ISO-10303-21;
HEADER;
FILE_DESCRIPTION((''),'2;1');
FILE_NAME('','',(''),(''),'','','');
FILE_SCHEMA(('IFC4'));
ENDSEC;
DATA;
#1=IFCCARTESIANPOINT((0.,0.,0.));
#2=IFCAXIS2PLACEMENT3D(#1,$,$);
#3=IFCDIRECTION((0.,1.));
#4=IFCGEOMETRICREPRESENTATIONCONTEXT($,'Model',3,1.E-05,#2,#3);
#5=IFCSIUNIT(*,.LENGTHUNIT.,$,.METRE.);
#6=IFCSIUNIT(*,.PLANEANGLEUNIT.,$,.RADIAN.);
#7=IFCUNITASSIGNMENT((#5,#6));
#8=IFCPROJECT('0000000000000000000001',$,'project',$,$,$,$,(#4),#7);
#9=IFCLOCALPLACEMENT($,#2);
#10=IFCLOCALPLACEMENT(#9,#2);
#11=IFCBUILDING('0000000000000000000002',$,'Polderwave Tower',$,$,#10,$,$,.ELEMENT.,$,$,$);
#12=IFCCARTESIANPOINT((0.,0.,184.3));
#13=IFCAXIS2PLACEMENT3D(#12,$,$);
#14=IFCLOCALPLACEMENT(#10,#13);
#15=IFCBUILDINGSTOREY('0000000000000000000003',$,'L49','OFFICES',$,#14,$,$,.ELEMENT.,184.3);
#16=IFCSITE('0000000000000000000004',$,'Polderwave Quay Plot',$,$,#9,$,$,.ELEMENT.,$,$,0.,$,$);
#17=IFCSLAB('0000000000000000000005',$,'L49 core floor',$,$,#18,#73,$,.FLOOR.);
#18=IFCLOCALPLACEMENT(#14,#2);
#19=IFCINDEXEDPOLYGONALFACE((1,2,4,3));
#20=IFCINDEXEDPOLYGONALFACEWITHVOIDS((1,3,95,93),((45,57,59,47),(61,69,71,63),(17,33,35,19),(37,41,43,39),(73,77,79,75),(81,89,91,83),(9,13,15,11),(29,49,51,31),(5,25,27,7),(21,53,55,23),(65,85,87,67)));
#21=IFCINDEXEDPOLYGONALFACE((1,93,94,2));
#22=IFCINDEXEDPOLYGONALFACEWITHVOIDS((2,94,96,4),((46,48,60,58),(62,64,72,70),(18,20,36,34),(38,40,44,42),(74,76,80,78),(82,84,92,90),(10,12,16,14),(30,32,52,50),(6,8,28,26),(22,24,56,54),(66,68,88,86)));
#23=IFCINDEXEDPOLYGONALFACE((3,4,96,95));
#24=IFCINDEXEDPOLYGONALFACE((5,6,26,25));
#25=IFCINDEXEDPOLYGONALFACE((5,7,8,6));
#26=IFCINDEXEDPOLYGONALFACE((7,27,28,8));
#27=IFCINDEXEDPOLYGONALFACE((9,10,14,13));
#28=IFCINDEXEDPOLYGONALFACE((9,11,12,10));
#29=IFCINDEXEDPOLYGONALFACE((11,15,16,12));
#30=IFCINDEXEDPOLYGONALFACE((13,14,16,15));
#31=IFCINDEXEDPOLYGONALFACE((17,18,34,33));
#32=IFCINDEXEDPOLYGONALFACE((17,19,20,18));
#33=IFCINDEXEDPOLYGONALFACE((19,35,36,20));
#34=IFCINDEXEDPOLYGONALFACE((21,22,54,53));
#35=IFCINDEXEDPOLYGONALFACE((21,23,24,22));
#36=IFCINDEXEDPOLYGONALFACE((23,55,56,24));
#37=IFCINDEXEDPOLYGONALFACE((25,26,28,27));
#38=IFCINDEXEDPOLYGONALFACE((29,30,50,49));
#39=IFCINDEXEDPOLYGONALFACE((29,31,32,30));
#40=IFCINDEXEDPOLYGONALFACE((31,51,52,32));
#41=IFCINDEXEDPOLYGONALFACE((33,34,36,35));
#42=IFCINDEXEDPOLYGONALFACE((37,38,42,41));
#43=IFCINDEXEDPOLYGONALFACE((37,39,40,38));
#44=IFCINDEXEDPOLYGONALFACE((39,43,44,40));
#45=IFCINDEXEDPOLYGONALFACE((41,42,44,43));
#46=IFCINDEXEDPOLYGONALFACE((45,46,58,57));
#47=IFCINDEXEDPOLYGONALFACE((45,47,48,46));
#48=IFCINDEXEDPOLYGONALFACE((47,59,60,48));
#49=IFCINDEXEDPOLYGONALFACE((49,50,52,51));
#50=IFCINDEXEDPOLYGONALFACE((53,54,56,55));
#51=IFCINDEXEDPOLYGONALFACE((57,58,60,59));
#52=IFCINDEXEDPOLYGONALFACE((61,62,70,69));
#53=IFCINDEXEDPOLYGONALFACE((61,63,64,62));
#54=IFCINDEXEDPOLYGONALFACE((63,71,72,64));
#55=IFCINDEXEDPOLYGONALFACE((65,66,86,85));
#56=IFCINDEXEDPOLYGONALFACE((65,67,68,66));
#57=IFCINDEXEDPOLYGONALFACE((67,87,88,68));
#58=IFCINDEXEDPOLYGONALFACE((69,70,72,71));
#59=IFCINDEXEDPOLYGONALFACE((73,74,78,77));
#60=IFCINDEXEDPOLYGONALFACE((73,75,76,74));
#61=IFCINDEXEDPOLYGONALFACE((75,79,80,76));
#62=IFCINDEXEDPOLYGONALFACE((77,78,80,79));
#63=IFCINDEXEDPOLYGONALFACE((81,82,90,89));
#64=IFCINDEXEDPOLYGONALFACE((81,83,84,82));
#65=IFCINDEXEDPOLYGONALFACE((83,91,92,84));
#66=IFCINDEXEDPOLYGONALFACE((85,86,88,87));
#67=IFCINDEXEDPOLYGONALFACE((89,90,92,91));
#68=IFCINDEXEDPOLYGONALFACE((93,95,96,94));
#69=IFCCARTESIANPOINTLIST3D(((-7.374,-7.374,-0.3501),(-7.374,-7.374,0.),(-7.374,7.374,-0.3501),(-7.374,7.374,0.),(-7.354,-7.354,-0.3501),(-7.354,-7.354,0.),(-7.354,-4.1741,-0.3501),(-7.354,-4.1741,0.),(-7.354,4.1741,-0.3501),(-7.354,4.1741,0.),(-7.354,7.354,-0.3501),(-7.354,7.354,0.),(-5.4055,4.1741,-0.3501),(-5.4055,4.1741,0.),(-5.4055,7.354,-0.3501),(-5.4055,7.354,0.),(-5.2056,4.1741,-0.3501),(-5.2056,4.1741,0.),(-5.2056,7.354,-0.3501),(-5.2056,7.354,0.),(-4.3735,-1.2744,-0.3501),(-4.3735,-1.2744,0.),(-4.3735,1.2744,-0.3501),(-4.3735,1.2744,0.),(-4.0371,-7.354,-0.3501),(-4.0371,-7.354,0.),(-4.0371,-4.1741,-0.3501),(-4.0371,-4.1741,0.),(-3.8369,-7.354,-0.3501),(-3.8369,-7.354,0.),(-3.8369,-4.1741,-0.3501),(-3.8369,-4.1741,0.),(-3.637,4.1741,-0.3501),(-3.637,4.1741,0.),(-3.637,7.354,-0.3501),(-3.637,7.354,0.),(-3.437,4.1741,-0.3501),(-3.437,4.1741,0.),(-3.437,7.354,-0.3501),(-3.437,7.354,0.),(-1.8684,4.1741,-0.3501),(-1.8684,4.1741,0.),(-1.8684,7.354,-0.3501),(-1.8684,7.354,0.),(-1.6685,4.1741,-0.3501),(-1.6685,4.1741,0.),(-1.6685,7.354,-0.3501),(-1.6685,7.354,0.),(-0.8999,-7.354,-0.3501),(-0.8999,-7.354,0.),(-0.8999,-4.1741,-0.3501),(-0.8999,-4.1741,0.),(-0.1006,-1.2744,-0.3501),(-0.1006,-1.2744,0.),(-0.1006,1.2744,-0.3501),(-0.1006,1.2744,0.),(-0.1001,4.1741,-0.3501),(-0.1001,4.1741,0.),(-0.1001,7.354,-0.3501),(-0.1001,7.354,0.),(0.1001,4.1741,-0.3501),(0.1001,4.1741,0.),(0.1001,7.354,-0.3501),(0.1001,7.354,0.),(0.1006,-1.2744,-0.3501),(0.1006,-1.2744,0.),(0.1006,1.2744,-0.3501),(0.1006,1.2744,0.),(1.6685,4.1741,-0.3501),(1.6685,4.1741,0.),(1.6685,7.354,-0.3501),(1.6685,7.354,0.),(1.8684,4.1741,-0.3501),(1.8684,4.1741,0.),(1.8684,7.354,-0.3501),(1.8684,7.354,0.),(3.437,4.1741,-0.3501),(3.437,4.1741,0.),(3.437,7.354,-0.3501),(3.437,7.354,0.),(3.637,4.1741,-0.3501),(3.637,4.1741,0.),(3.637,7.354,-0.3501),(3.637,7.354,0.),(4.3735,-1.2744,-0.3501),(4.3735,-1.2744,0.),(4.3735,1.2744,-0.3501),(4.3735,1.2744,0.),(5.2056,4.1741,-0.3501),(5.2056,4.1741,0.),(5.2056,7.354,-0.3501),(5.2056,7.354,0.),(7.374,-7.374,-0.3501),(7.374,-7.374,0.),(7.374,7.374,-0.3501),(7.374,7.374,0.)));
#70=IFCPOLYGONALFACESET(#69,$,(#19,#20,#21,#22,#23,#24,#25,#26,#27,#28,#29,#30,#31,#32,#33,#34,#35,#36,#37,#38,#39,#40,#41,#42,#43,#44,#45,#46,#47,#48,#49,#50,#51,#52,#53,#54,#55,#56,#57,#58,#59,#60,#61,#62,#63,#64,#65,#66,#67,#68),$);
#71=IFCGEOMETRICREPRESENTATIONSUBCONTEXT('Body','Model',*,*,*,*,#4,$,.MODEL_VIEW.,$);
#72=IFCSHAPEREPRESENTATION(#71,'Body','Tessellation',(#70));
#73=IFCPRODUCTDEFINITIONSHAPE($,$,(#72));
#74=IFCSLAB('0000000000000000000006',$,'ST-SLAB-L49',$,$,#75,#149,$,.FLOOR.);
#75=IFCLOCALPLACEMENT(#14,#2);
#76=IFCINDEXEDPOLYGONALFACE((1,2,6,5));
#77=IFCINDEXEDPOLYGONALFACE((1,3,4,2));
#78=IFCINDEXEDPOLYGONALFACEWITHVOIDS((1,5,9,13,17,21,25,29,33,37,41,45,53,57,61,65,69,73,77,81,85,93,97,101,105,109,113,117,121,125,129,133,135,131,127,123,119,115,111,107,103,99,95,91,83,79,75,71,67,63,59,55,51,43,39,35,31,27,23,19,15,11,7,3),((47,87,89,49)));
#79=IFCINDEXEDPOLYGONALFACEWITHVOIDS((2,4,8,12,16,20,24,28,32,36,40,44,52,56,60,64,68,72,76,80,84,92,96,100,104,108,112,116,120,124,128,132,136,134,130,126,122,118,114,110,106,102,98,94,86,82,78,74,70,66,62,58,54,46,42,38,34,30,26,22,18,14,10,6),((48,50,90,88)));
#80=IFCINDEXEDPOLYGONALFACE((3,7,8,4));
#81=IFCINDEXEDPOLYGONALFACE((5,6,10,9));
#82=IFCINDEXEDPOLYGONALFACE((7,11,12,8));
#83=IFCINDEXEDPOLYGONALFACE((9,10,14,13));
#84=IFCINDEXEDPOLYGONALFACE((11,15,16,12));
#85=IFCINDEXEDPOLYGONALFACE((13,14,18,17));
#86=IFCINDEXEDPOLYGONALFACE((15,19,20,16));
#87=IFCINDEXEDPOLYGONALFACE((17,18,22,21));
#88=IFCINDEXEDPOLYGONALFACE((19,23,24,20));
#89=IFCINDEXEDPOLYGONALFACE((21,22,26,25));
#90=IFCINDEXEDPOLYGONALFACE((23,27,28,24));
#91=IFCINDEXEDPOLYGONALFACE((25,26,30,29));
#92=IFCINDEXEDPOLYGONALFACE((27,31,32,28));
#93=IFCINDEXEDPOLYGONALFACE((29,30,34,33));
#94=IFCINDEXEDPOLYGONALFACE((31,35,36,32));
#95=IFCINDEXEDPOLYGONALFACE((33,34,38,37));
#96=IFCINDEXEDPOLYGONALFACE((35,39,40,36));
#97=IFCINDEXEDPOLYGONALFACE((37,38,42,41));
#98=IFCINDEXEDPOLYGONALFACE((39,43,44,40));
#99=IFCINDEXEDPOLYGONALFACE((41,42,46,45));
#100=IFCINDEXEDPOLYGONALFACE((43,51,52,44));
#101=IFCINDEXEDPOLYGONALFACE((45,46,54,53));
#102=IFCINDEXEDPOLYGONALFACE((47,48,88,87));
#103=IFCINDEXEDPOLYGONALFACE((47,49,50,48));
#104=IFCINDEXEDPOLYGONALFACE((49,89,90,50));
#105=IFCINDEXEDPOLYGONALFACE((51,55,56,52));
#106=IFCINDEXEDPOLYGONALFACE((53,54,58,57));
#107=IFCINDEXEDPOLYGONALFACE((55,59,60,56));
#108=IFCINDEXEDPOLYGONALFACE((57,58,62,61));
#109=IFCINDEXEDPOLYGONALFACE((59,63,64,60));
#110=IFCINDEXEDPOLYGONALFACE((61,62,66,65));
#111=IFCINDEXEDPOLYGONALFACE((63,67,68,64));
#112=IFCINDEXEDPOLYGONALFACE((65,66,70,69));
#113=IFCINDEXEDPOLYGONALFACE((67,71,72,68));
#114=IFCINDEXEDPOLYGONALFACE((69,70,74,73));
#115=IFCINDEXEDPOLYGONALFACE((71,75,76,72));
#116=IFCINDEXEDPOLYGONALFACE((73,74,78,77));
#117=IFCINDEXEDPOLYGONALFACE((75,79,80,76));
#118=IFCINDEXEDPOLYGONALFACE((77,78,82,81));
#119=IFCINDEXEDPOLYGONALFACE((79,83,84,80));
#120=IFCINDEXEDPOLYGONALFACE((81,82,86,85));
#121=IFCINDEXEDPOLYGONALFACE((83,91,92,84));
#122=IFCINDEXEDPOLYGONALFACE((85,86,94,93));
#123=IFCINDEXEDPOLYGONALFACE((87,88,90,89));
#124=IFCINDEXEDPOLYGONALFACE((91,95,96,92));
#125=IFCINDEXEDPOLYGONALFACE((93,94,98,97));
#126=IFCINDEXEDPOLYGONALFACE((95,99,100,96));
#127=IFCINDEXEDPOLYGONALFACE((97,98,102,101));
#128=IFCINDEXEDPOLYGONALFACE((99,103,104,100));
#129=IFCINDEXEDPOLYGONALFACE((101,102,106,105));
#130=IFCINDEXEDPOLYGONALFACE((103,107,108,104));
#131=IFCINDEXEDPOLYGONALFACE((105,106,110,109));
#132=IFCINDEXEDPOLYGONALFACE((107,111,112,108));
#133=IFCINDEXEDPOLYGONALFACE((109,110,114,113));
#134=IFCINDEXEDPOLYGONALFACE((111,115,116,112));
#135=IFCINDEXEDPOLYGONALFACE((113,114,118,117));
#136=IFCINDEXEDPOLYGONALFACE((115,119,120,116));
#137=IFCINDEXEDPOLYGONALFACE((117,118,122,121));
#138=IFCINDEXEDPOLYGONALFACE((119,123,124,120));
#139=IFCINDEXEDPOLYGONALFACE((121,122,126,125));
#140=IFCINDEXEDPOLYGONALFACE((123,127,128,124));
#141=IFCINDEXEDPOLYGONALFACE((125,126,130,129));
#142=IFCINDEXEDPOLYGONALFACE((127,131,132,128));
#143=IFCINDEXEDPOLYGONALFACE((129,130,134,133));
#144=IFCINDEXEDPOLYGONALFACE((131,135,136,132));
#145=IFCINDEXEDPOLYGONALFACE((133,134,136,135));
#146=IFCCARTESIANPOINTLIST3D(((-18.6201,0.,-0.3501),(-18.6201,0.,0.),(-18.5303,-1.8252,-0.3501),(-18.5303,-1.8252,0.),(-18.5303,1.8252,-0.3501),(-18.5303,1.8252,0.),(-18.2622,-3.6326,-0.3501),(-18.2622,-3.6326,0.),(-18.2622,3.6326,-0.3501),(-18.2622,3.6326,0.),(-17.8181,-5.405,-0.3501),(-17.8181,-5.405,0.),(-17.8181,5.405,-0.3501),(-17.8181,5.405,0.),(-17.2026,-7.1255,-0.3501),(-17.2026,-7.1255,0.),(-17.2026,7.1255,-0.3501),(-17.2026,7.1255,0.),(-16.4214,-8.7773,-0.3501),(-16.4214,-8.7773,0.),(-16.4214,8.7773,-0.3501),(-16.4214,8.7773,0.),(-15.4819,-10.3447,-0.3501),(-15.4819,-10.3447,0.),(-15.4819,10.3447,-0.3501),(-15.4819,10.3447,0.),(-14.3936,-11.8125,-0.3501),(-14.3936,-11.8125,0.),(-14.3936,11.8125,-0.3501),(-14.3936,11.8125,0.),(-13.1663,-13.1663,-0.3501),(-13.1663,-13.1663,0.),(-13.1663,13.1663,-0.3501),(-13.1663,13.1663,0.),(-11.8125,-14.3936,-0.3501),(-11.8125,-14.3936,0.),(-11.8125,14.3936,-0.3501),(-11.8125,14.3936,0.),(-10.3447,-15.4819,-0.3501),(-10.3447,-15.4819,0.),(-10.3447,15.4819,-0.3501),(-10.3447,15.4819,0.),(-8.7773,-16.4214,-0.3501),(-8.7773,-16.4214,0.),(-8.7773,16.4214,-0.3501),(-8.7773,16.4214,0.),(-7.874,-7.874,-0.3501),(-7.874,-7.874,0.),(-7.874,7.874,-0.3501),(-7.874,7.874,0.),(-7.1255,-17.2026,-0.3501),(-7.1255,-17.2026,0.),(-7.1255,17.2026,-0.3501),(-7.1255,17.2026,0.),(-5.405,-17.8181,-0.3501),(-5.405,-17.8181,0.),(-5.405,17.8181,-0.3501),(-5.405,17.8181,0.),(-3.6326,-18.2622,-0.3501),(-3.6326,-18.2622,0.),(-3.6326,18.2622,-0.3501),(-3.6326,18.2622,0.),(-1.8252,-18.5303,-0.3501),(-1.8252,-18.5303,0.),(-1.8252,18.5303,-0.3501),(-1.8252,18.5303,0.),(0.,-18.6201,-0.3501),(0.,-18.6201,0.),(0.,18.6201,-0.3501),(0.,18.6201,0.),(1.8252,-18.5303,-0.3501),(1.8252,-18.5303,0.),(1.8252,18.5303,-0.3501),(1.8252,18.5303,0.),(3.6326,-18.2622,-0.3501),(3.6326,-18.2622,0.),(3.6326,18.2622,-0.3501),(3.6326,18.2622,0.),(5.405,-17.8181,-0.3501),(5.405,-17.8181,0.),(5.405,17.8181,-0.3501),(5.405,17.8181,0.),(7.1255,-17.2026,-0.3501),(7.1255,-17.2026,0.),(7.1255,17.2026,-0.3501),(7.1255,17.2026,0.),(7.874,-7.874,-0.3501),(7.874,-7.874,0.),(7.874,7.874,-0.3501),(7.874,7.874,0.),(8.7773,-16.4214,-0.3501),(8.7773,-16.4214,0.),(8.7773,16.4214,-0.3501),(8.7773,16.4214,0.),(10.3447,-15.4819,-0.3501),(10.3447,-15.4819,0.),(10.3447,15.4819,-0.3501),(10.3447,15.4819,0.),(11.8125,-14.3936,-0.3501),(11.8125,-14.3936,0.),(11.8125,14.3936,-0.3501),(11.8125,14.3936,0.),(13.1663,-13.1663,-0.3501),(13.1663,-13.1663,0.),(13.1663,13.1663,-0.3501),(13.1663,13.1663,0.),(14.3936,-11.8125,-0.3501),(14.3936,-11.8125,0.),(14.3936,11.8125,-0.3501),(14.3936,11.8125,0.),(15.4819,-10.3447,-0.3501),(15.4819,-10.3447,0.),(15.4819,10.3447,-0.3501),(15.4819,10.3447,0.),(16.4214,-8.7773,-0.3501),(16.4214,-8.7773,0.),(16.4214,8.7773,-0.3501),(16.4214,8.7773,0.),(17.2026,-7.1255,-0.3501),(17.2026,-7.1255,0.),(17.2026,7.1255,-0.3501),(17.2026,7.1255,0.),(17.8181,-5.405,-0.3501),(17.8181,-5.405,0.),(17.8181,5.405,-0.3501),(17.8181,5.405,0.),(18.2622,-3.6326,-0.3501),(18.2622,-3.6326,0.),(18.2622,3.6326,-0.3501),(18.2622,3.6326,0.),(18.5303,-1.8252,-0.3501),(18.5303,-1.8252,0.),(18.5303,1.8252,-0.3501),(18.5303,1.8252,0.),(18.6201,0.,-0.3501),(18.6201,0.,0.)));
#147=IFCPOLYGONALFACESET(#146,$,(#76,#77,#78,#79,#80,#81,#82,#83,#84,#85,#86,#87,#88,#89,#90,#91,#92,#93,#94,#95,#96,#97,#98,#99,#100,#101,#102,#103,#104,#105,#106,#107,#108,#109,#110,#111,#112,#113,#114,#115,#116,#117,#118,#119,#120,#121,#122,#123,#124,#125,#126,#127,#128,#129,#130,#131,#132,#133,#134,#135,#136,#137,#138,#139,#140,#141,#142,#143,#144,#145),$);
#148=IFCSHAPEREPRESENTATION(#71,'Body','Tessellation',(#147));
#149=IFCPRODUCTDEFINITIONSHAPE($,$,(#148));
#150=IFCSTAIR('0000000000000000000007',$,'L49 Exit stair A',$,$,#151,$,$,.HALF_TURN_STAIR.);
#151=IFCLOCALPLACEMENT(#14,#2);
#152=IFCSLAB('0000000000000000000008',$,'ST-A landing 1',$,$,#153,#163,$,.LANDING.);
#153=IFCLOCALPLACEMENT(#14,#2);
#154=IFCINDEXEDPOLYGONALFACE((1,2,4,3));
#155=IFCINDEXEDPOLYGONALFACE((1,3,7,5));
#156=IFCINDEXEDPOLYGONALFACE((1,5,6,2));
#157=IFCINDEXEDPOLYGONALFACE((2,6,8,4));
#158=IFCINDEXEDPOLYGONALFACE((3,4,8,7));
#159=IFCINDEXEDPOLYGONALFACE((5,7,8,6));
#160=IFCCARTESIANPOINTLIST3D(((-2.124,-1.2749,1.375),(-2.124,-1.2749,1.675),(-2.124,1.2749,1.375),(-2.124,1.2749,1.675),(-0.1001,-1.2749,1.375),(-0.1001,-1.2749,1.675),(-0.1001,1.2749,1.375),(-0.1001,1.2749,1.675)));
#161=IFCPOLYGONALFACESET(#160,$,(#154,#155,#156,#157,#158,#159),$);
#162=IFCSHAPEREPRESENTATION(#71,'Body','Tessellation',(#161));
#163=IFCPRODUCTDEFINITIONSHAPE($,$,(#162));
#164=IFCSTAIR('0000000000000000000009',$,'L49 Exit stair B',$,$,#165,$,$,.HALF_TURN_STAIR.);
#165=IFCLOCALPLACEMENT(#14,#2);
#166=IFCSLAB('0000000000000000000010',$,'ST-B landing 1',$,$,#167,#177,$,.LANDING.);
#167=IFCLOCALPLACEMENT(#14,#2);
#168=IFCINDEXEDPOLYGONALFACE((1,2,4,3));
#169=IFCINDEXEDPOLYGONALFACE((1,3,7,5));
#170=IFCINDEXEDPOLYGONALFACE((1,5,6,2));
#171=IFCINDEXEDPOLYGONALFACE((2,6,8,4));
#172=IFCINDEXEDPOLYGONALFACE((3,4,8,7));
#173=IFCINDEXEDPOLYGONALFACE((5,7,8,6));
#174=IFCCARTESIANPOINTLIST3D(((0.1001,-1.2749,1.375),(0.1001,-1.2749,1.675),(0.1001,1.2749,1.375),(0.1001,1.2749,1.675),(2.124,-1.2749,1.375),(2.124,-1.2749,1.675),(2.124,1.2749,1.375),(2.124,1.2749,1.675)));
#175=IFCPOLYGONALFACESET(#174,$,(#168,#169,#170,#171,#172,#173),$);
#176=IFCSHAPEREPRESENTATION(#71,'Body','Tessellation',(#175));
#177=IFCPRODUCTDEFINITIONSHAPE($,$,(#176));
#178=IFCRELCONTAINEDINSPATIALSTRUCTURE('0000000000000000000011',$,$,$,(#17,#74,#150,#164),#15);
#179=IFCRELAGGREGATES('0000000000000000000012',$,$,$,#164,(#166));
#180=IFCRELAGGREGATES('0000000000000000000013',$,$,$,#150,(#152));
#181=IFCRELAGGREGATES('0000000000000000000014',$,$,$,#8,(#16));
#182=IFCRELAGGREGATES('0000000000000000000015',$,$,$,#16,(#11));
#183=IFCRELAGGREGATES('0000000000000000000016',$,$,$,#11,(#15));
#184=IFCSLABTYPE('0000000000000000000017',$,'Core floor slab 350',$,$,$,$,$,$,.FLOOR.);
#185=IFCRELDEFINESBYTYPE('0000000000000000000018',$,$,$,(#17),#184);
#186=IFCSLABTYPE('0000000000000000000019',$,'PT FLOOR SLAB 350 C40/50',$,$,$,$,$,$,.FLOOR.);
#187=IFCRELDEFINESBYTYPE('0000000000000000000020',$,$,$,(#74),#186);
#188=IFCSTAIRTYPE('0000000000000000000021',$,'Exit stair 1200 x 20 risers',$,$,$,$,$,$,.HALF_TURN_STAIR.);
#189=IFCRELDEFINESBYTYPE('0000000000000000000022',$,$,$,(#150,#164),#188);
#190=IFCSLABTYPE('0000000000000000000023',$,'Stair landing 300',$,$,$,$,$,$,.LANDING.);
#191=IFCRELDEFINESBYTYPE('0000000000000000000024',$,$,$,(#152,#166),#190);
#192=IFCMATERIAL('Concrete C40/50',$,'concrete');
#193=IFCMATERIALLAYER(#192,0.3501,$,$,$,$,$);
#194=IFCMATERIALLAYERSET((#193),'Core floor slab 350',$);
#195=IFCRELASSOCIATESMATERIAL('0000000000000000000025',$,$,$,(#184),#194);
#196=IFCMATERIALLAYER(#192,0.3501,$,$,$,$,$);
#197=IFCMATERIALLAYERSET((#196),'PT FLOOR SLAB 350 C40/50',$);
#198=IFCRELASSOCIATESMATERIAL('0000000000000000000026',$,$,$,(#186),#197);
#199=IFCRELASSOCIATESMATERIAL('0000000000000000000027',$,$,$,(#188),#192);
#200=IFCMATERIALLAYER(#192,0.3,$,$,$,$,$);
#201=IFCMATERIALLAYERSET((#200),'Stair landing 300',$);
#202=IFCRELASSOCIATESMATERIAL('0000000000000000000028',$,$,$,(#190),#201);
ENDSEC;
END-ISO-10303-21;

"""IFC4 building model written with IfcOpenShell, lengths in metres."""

from ifc_helpers import new_model, si_unit, direction, frame, origin, place, context, subcontext, project, spatial, polyline, outline, extrude, material, layer, layer_set, type_object, element, aggregate, save


model = new_model("IFC4")

# Units and contexts
model_context = context("Model", 3, precision=1e-05, world=origin(), true_north=direction((0.0, 1.0)))
body_context = subcontext(model_context, "Body", "Model", "MODEL_VIEW")
ifc_project = project(units=[si_unit("LENGTHUNIT", "METRE"), si_unit("PLANEANGLEUNIT", "RADIAN")], contexts=[model_context])

# Site, building, storey
site_placement = place(None, origin())
site = spatial("IfcSite", under=ifc_project, at=site_placement, Name="Polderwave Quay Plot", CompositionType="ELEMENT", RefElevation=0.0)
building_placement = place(site_placement, origin())
building = spatial("IfcBuilding", under=site, at=building_placement, Name="Polderwave Tower", CompositionType="ELEMENT")
storey_placement = place(building_placement, frame((0.0, 0.0, 184.3)))
storey = spatial("IfcBuildingStorey", under=building, at=storey_placement, Name="L49", Description="OFFICES", CompositionType="ELEMENT", Elevation=184.3)

# Slabs
ifc_material_1 = material(Name="Concrete C40/50", Category="concrete")
ifc_layer_1 = layer(ifc_material_1, 0.3501)
ifc_layer_set_1 = layer_set([ifc_layer_1], Name="Core floor slab 350")
slab_type_1 = type_object("IfcSlabType", Name="Core floor slab 350", PredefinedType="FLOOR", material=ifc_layer_set_1)
slab_1_placement = place(storey_placement, frame((0.0, 0.0, -0.3501)))
element("IfcSlab", 1, at=slab_1_placement, inside=storey, type_object=slab_type_1, Name="L49 core floor", PredefinedType="FLOOR", context=body_context, shape_type="SweptSolid", body=[
    extrude(outline(polyline([(-7.374, -7.374), (7.374, -7.374), (7.374, 7.374), (-7.374, 7.374), (-7.374, -7.374)]), holes=[polyline([(-7.354, -7.354), (-4.0371, -7.354), (-4.0371, -4.1741), (-7.354, -4.1741), (-7.354, -7.354)]), polyline([(-3.8369, -7.354), (-0.8999, -7.354), (-0.8999, -4.1741), (-3.8369, -4.1741), (-3.8369, -7.354)]), polyline([(-7.354, 4.1741), (-5.4055, 4.1741), (-5.4055, 7.354), (-7.354, 7.354), (-7.354, 4.1741)]), polyline([(-5.2056, 4.1741), (-3.637, 4.1741), (-3.637, 7.354), (-5.2056, 7.354), (-5.2056, 4.1741)]), polyline([(-3.437, 4.1741), (-1.8684, 4.1741), (-1.8684, 7.354), (-3.437, 7.354), (-3.437, 4.1741)]), polyline([(-1.6685, 4.1741), (-0.1001, 4.1741), (-0.1001, 7.354), (-1.6685, 7.354), (-1.6685, 4.1741)]), polyline([(0.1001, 4.1741), (1.6685, 4.1741), (1.6685, 7.354), (0.1001, 7.354), (0.1001, 4.1741)]), polyline([(1.8684, 4.1741), (3.437, 4.1741), (3.437, 7.354), (1.8684, 7.354), (1.8684, 4.1741)]), polyline([(3.637, 4.1741), (5.2056, 4.1741), (5.2056, 7.354), (3.637, 7.354), (3.637, 4.1741)]), polyline([(-4.3735, -1.2744), (-0.1006, -1.2744), (-0.1006, 1.2744), (-4.3735, 1.2744), (-4.3735, -1.2744)]), polyline([(0.1006, -1.2744), (4.3735, -1.2744), (4.3735, 1.2744), (0.1006, 1.2744), (0.1006, -1.2744)])]), origin(), (0.0, 0.0, 1.0), 0.3501),
])
ifc_layer_2 = layer(ifc_material_1, 0.3501)
ifc_layer_set_2 = layer_set([ifc_layer_2], Name="PT FLOOR SLAB 350 C40/50")
slab_type_2 = type_object("IfcSlabType", Name="PT FLOOR SLAB 350 C40/50", PredefinedType="FLOOR", material=ifc_layer_set_2)
slab_2_placement = place(storey_placement, frame((0.0, 0.0, -0.3501)))
element("IfcSlab", 2, at=slab_2_placement, inside=storey, type_object=slab_type_2, Name="ST-SLAB-L49", PredefinedType="FLOOR", context=body_context, shape_type="SweptSolid", body=[
    extrude(outline(polyline([(18.6201, 0.0), (18.5303, 1.8252), (18.2622, 3.6326), (17.8181, 5.405), (17.2026, 7.1255), (16.4214, 8.7773), (15.4819, 10.3447), (14.3936, 11.8125), (13.1663, 13.1663), (11.8125, 14.3936), (10.3447, 15.4819), (8.7773, 16.4214), (7.1255, 17.2026), (5.405, 17.8181), (3.6326, 18.2622), (1.8252, 18.5303), (0.0, 18.6201), (-1.8252, 18.5303), (-3.6326, 18.2622), (-5.405, 17.8181), (-7.1255, 17.2026), (-8.7773, 16.4214), (-10.3447, 15.4819), (-11.8125, 14.3936), (-13.1663, 13.1663), (-14.3936, 11.8125), (-15.4819, 10.3447), (-16.4214, 8.7773), (-17.2026, 7.1255), (-17.8181, 5.405), (-18.2622, 3.6326), (-18.5303, 1.8252), (-18.6201, 0.0), (-18.5303, -1.8252), (-18.2622, -3.6326), (-17.8181, -5.405), (-17.2026, -7.1255), (-16.4214, -8.7773), (-15.4819, -10.3447), (-14.3936, -11.8125), (-13.1663, -13.1663), (-11.8125, -14.3936), (-10.3447, -15.4819), (-8.7773, -16.4214), (-7.1255, -17.2026), (-5.405, -17.8181), (-3.6326, -18.2622), (-1.8252, -18.5303), (0.0, -18.6201), (1.8252, -18.5303), (3.6326, -18.2622), (5.405, -17.8181), (7.1255, -17.2026), (8.7773, -16.4214), (10.3447, -15.4819), (11.8125, -14.3936), (13.1663, -13.1663), (14.3936, -11.8125), (15.4819, -10.3447), (16.4214, -8.7773), (17.2026, -7.1255), (17.8181, -5.405), (18.2622, -3.6326), (18.5303, -1.8252), (18.6201, 0.0)]), holes=[polyline([(-7.874, -7.874), (7.874, -7.874), (7.874, 7.874), (-7.874, 7.874), (-7.874, -7.874)])]), origin(), (0.0, 0.0, 1.0), 0.3501),
])

# Stairs, slabs
stair_type = type_object("IfcStairType", Name="Exit stair 1200 x 20 risers", PredefinedType="HALF_TURN_STAIR", material=ifc_material_1)
stair_1_placement = place(storey_placement, origin())
stair_1 = element("IfcStair", 3, at=stair_1_placement, inside=storey, type_object=stair_type, Name="L49 Exit stair A", PredefinedType="HALF_TURN_STAIR")
ifc_layer_3 = layer(ifc_material_1, 0.3)
ifc_layer_set_3 = layer_set([ifc_layer_3], Name="Stair landing 300")
slab_type_3 = type_object("IfcSlabType", Name="Stair landing 300", PredefinedType="LANDING", material=ifc_layer_set_3)
slab_3_placement = place(storey_placement, frame((0.0, 0.0, 1.375)))
slab_3 = element("IfcSlab", 4, at=slab_3_placement, type_object=slab_type_3, Name="ST-A landing 1", PredefinedType="LANDING", context=body_context, shape_type="SweptSolid", body=[
    extrude(outline(polyline([(-2.124, -1.2749), (-0.1001, -1.2749), (-0.1001, 1.2749), (-2.124, 1.2749), (-2.124, -1.2749)])), origin(), (0.0, 0.0, 1.0), 0.3),
])
stair_2_placement = place(storey_placement, origin())
stair_2 = element("IfcStair", 5, at=stair_2_placement, inside=storey, type_object=stair_type, Name="L49 Exit stair B", PredefinedType="HALF_TURN_STAIR")
slab_4_placement = place(storey_placement, frame((0.0, 0.0, 1.375)))
slab_4 = element("IfcSlab", 6, at=slab_4_placement, type_object=slab_type_3, Name="ST-B landing 1", PredefinedType="LANDING", context=body_context, shape_type="SweptSolid", body=[
    extrude(outline(polyline([(2.124, 1.2749), (0.1001, 1.2749), (0.1001, -1.2749), (2.124, -1.2749), (2.124, 1.2749)])), origin(), (0.0, 0.0, 1.0), 0.3),
])
aggregate(stair_2, [slab_4])

aggregate(stair_1, [slab_3])

save(model, "model.ifc")
